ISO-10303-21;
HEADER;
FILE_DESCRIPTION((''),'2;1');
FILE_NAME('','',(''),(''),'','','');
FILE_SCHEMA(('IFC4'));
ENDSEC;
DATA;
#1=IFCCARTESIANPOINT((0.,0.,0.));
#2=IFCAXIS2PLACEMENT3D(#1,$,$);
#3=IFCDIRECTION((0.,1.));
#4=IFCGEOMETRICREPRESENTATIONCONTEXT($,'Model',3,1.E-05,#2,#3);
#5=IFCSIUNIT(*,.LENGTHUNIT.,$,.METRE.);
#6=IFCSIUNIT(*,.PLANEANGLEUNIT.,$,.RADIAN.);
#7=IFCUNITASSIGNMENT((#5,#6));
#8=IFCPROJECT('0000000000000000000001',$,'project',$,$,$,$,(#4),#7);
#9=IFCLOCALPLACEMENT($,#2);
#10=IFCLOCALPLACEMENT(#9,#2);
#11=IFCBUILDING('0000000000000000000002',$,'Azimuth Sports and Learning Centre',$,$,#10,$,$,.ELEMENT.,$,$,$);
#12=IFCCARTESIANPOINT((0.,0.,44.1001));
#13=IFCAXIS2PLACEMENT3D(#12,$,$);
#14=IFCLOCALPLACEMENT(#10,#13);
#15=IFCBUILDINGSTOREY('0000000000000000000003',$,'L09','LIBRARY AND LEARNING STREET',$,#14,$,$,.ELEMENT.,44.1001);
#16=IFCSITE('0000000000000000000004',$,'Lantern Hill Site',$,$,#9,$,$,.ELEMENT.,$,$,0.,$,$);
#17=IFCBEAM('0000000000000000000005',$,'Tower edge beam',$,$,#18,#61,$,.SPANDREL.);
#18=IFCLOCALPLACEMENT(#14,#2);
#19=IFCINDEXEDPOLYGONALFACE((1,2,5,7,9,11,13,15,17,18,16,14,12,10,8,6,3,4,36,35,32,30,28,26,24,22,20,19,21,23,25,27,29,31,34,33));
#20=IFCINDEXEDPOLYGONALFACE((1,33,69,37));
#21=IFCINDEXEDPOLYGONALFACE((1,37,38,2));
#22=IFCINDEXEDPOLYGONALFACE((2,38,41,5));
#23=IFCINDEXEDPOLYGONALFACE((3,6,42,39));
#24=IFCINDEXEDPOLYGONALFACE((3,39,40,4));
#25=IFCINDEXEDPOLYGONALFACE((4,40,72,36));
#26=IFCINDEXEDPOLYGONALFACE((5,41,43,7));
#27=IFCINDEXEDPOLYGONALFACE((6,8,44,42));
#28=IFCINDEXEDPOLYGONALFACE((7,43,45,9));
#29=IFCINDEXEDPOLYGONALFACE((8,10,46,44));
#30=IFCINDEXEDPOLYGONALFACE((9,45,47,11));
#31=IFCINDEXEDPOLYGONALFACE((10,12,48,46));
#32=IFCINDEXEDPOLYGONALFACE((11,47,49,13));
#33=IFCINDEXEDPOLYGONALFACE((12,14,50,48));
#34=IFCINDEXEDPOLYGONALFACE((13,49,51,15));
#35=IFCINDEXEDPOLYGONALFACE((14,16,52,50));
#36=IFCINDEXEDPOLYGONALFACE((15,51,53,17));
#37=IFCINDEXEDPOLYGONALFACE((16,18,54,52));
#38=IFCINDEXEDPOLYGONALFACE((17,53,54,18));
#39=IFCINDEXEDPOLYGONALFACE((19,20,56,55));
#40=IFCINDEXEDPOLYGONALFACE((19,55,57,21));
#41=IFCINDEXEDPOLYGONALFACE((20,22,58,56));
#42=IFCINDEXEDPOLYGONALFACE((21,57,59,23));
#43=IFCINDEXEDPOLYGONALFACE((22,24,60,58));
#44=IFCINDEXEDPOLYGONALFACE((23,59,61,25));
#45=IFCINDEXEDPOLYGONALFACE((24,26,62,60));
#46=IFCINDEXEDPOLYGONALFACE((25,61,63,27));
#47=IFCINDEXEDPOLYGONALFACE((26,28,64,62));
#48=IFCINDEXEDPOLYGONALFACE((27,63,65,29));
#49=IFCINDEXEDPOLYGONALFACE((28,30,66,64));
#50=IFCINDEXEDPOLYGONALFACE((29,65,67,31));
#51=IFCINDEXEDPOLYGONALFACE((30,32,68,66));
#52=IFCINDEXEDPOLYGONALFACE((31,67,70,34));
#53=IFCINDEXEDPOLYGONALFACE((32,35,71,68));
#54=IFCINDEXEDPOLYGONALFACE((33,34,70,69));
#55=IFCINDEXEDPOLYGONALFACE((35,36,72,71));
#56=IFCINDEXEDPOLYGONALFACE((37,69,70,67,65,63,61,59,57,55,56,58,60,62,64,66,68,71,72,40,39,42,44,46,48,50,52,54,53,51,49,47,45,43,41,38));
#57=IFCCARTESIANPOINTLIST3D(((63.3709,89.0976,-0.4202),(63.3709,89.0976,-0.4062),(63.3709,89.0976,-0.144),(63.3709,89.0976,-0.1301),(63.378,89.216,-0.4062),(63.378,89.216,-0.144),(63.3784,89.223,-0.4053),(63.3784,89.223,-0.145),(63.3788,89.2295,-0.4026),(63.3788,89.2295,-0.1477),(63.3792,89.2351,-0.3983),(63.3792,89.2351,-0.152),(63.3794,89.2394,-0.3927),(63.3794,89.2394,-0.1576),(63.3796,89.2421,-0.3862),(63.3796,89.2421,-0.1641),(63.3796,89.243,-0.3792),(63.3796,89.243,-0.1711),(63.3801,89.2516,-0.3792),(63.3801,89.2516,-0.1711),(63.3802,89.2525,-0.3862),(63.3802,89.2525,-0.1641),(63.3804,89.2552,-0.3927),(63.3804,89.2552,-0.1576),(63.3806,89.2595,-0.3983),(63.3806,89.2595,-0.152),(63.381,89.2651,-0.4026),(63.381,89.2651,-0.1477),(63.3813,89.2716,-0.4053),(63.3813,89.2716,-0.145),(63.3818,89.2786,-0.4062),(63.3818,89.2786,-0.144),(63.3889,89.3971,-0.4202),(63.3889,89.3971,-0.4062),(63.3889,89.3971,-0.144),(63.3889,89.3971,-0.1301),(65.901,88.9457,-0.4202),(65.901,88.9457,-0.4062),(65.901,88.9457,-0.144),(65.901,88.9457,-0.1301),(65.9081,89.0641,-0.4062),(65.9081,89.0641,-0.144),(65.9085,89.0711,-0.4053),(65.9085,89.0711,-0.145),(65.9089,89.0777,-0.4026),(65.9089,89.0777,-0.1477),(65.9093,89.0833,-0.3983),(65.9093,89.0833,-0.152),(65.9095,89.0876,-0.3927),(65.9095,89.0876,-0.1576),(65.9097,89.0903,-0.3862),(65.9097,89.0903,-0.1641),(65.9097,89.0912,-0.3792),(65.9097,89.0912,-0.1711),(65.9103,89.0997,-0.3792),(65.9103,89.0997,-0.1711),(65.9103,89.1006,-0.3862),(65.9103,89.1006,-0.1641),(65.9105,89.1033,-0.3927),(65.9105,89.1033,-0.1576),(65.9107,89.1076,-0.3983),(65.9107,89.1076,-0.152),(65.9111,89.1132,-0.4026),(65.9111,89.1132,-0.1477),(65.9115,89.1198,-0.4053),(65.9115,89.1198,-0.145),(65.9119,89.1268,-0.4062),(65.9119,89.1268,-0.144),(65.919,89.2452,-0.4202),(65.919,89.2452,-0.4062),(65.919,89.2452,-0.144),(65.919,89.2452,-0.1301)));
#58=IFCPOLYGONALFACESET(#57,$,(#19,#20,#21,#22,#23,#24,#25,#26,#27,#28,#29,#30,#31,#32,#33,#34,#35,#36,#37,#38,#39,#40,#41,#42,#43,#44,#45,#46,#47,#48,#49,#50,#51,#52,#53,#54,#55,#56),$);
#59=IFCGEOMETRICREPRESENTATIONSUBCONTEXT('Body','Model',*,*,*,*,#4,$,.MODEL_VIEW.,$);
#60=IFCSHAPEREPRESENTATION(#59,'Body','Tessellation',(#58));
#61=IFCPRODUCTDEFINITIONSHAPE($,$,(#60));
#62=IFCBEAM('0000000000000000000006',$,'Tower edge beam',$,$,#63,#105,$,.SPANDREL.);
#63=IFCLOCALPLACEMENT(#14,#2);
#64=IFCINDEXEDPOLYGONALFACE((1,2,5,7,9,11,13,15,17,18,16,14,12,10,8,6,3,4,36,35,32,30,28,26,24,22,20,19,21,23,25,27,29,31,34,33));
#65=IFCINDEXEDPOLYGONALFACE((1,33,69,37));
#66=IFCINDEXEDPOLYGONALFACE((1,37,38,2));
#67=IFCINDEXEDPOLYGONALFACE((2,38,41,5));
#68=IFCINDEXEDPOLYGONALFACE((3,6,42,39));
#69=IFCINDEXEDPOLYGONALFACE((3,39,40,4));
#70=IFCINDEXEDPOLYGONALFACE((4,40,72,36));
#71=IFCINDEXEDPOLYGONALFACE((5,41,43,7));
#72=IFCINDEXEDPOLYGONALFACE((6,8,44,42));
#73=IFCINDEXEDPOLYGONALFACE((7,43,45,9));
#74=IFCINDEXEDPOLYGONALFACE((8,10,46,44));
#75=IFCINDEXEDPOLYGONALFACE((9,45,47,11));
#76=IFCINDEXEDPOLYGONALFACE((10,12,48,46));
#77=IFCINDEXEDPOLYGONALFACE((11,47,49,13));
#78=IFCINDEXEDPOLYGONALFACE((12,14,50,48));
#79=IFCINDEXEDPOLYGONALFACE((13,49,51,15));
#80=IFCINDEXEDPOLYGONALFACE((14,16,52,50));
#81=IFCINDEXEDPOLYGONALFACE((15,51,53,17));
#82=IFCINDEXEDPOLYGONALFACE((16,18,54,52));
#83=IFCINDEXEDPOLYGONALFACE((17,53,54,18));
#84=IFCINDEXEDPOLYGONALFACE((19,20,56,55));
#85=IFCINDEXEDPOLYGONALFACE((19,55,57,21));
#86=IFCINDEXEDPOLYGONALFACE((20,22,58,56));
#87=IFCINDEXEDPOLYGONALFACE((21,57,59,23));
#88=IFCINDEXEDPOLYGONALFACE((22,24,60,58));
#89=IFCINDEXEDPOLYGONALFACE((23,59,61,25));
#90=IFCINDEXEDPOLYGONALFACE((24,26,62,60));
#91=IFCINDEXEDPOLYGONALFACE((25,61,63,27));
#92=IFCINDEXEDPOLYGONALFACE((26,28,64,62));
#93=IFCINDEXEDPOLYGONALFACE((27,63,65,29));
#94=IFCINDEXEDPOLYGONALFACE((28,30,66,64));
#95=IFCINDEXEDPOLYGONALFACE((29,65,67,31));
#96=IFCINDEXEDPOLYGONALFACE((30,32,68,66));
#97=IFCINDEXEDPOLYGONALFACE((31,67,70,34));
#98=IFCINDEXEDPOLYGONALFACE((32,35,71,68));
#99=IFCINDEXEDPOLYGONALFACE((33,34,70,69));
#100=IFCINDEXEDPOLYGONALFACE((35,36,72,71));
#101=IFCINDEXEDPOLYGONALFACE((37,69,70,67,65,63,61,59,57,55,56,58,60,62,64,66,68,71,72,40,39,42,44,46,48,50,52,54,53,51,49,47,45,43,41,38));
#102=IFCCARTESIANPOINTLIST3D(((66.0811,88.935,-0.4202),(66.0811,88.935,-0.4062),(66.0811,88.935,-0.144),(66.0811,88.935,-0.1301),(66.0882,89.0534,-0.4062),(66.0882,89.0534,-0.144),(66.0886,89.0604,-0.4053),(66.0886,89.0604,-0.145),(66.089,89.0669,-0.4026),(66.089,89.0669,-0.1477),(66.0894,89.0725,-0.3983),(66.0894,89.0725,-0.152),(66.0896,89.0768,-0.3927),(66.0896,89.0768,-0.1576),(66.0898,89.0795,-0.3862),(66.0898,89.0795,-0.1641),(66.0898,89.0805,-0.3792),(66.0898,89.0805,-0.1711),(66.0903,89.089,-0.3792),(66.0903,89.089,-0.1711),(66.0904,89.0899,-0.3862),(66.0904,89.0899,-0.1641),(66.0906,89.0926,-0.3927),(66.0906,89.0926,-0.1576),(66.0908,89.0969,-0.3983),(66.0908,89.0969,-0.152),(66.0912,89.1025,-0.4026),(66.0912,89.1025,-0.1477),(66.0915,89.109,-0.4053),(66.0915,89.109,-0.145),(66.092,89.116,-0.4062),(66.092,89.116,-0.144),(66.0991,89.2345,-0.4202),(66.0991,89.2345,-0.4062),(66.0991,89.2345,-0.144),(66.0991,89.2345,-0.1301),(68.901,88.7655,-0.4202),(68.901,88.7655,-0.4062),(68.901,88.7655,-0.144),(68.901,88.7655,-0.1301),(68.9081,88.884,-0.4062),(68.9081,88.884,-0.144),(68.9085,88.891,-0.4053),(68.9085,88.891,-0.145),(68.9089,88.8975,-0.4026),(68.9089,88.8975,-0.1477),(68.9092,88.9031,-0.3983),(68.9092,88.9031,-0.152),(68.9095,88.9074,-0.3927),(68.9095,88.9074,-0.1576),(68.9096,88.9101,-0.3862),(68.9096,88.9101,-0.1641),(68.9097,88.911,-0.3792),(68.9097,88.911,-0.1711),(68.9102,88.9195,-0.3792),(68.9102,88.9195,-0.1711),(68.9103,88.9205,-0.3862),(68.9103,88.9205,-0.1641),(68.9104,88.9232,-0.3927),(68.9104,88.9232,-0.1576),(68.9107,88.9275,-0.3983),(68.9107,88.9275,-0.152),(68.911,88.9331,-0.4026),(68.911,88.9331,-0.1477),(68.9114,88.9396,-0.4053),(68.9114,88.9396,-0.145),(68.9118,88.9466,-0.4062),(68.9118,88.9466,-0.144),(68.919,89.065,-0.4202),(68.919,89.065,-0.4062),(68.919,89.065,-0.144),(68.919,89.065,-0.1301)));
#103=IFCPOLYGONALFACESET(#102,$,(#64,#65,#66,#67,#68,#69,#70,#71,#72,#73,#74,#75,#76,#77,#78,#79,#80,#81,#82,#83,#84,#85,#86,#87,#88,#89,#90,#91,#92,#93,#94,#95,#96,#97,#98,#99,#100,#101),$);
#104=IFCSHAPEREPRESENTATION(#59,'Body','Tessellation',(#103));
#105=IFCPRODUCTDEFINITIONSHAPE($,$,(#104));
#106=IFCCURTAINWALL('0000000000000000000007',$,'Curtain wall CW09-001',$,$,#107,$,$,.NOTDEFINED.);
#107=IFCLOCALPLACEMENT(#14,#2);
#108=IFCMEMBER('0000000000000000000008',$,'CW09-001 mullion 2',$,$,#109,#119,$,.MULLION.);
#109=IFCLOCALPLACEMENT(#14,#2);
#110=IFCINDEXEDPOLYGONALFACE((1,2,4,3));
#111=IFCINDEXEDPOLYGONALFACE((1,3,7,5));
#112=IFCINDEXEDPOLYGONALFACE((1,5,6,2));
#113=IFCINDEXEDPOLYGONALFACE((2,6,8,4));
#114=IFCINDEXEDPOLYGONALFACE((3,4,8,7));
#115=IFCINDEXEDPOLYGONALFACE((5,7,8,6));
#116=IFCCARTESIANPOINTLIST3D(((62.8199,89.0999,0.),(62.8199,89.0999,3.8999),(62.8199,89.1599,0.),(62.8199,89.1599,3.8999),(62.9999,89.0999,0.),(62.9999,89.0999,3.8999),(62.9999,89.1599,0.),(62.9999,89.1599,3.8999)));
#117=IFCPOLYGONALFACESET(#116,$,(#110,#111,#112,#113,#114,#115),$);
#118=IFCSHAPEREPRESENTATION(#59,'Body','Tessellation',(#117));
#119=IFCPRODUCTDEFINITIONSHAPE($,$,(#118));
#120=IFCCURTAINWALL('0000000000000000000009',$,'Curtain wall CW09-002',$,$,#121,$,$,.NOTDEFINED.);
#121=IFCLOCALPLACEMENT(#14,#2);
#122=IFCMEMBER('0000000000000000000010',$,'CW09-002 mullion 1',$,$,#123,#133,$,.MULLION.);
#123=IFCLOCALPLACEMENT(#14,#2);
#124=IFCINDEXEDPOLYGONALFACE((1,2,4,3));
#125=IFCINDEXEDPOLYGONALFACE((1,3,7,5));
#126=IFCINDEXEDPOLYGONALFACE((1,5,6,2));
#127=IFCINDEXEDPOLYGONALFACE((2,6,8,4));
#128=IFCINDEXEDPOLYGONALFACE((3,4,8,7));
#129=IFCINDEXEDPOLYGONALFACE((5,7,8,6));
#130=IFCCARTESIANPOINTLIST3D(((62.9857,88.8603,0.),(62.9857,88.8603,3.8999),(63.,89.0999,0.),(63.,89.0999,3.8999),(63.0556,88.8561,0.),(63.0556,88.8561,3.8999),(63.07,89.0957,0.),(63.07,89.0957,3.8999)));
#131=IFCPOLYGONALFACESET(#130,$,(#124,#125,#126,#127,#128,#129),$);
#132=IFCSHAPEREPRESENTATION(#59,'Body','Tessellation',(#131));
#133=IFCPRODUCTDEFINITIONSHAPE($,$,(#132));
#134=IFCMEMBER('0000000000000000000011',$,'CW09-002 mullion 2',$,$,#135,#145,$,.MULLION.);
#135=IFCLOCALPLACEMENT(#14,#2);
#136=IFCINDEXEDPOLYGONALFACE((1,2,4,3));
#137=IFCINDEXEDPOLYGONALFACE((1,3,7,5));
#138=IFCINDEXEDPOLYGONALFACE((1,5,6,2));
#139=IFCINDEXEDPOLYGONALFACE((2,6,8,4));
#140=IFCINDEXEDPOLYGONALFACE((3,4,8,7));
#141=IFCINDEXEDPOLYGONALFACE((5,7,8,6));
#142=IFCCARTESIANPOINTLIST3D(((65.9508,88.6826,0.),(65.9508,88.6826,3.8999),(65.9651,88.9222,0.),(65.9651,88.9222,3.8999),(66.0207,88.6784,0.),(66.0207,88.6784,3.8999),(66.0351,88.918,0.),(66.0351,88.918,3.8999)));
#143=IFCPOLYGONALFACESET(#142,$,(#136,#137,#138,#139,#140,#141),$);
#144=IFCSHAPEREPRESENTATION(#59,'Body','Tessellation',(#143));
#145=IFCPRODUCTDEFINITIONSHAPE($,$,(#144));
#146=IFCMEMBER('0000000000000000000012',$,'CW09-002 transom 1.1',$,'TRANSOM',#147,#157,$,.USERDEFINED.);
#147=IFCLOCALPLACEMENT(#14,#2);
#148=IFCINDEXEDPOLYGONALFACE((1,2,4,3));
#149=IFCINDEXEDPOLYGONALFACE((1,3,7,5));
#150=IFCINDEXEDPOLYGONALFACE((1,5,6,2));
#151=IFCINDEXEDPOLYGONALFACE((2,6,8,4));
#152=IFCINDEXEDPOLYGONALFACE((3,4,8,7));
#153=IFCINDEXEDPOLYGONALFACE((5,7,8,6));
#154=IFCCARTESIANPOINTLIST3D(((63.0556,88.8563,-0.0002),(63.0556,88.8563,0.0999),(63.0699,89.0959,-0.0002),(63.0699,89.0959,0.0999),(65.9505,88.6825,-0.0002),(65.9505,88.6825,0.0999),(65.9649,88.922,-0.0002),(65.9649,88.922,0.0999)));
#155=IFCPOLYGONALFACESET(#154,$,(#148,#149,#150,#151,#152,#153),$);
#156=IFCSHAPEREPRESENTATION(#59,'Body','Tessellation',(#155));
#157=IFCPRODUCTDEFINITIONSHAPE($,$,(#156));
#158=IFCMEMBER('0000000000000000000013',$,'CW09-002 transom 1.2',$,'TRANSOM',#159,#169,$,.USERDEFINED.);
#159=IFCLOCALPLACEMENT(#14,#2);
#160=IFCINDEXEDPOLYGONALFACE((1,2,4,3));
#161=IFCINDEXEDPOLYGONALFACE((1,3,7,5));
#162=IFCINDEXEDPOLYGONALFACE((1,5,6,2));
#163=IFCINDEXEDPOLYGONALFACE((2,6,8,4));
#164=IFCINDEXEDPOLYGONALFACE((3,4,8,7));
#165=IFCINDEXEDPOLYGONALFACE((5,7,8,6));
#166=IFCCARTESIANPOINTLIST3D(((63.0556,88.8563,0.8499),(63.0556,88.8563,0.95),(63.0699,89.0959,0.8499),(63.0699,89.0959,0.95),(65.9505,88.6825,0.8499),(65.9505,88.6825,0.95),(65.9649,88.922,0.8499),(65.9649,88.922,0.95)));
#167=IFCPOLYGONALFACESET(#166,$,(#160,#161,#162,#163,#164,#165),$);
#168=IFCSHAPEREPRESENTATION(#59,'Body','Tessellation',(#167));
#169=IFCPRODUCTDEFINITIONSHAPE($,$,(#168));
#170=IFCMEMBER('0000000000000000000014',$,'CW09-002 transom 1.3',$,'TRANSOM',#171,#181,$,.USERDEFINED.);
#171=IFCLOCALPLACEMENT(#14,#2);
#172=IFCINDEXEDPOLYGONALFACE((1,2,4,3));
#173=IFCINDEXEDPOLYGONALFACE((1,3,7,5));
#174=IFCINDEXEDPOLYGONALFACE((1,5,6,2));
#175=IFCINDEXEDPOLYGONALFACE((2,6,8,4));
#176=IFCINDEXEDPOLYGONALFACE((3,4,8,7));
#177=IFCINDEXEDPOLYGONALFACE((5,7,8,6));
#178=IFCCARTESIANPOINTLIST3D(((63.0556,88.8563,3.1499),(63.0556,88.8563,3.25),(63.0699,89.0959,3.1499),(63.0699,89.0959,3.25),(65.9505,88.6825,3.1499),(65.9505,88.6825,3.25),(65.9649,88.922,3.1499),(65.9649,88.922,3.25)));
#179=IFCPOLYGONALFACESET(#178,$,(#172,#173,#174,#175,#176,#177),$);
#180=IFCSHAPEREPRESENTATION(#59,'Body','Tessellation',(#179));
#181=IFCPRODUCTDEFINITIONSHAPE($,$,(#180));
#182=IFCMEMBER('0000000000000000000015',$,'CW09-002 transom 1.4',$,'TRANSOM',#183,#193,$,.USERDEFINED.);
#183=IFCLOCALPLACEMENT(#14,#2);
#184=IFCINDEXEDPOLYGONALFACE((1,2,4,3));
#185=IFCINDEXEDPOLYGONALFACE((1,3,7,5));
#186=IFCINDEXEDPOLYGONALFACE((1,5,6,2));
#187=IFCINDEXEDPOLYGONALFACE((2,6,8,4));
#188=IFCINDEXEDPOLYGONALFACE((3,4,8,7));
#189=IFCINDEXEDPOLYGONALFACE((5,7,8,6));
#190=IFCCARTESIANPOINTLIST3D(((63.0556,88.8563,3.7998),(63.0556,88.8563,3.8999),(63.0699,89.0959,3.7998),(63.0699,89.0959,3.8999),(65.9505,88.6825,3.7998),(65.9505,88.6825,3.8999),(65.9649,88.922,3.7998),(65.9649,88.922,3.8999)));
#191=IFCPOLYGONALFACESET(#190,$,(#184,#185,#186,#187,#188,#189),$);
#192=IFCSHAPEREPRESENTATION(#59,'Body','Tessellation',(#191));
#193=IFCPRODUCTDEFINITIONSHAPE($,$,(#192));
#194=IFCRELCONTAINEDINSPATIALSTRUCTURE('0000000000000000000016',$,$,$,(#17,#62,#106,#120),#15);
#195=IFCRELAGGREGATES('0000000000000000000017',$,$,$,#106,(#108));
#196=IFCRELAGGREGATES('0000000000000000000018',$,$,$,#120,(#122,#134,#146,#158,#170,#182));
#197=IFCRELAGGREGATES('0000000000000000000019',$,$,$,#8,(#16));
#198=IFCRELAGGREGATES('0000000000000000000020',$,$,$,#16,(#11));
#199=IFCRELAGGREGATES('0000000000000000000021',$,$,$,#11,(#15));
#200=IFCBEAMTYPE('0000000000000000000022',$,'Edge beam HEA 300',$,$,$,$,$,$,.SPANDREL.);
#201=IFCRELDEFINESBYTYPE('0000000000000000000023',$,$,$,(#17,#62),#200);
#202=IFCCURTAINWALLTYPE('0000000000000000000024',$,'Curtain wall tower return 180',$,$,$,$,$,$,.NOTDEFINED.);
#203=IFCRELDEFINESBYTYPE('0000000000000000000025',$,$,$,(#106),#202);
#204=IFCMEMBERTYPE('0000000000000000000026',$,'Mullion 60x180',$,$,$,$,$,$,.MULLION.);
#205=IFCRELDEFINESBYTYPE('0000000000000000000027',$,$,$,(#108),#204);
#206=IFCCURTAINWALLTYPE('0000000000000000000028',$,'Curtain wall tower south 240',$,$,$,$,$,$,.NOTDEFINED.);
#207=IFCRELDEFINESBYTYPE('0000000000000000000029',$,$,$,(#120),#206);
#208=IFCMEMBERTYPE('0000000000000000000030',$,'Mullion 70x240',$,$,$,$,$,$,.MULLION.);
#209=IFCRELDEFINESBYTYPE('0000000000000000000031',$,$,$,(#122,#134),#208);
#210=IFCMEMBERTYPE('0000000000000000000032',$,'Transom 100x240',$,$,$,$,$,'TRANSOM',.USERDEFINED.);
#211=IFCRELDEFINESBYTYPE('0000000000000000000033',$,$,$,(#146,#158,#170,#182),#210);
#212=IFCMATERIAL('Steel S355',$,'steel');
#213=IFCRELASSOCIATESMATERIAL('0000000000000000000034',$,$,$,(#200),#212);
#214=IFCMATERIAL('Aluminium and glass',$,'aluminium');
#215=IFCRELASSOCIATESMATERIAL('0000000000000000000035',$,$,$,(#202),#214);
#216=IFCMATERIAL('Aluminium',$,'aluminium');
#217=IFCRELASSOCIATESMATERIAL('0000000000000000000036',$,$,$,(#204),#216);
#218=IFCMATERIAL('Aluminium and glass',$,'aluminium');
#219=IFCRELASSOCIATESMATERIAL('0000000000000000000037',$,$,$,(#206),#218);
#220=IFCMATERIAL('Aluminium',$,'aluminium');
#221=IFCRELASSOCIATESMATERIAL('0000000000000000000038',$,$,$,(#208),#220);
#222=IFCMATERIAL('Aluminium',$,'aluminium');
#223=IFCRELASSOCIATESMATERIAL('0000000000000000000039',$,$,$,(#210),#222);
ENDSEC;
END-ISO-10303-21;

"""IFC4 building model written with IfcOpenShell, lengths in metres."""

from ifc_helpers import new_model, si_unit, direction, frame, origin, origin_2d, place, context, subcontext, project, spatial, rectangle, i_section, extrude, material, material_profile, profile_set, type_object, element, aggregate, save


model = new_model("IFC4")

# Units and contexts
model_context = context("Model", 3, precision=1e-05, world=origin(), true_north=direction((0.0, 1.0)))
body_context = subcontext(model_context, "Body", "Model", "MODEL_VIEW")
ifc_project = project(units=[si_unit("LENGTHUNIT", "METRE"), si_unit("PLANEANGLEUNIT", "RADIAN")], contexts=[model_context])

# Site, building, storey
site_placement = place(None, origin())
site = spatial("IfcSite", under=ifc_project, at=site_placement, Name="Lantern Hill Site", CompositionType="ELEMENT", RefElevation=0.0)
building_placement = place(site_placement, origin())
building = spatial("IfcBuilding", under=site, at=building_placement, Name="Azimuth Sports and Learning Centre", CompositionType="ELEMENT")
storey_placement = place(building_placement, frame((0.0, 0.0, 44.1001)))
storey = spatial("IfcBuildingStorey", under=building, at=storey_placement, Name="L09", Description="LIBRARY AND LEARNING STREET", CompositionType="ELEMENT", Elevation=44.1001)

# Beams
ifc_material_1 = material(Name="Steel S355", Category="steel")
ifc_material_profile_1 = material_profile(ifc_material_1, i_section(OverallWidth=0.3, OverallDepth=0.29, WebThickness=0.0085, FlangeThickness=0.0139, FilletRadius=0.0271, at=origin_2d()), Name="HEA 300")
ifc_profile_set_1 = profile_set([ifc_material_profile_1], Name="Steel S355")
beam_type = type_object("IfcBeamType", Name="Edge beam HEA 300", PredefinedType="SPANDREL", material=ifc_profile_set_1)
beam_1_placement = place(storey_placement, frame((63.3799, 89.2473, -0.2751), z_axis=(0.998204, -0.059913, 0.0), x_axis=(0.059913, 0.998204, 0.0)))
element("IfcBeam", 1, at=beam_1_placement, inside=storey, type_object=beam_type, Name="Tower edge beam", PredefinedType="SPANDREL", context=body_context, shape_type="SweptSolid", body=[
    extrude(i_section(OverallWidth=0.3, OverallDepth=0.29, WebThickness=0.0085, FlangeThickness=0.0139, FilletRadius=0.0271, at=origin_2d()), origin(), (0.0, 0.0, 1.0), 2.5347),
])
beam_2_placement = place(storey_placement, frame((66.0901, 89.0847, -0.2751), z_axis=(0.9982, -0.059978, 0.0), x_axis=(0.059978, 0.9982, 0.0)))
element("IfcBeam", 2, at=beam_2_placement, inside=storey, type_object=beam_type, Name="Tower edge beam", PredefinedType="SPANDREL", context=body_context, shape_type="SweptSolid", body=[
    extrude(i_section(OverallWidth=0.3, OverallDepth=0.29, WebThickness=0.0085, FlangeThickness=0.0139, FilletRadius=0.0271, at=origin_2d()), origin(), (0.0, 0.0, 1.0), 2.825),
])

# Curtain wall, member
ifc_material_2 = material(Name="Aluminium and glass", Category="aluminium")
curtain_wall_type_1 = type_object("IfcCurtainWallType", Name="Curtain wall tower return 180", PredefinedType="NOTDEFINED", material=ifc_material_2)
curtain_wall_1_placement = place(storey_placement, origin())
curtain_wall_1 = element("IfcCurtainWall", 3, at=curtain_wall_1_placement, inside=storey, type_object=curtain_wall_type_1, Name="Curtain wall CW09-001", PredefinedType="NOTDEFINED")
ifc_material_3 = material(Name="Aluminium", Category="aluminium")
ifc_material_profile_2 = material_profile(ifc_material_3, rectangle(XDim=0.1799, YDim=0.0601, at=origin_2d()), Name="Mullion 60x180")
ifc_profile_set_2 = profile_set([ifc_material_profile_2], Name="Aluminium")
member_type_1 = type_object("IfcMemberType", Name="Mullion 60x180", PredefinedType="MULLION", material=ifc_profile_set_2)
member_1_placement = place(storey_placement, frame((62.9099, 89.1299, 0.0), z_axis=(0.0, 0.0, 1.0), x_axis=(1.0, 0.0, 0.0)))
member_1 = element("IfcMember", 4, at=member_1_placement, type_object=member_type_1, Name="CW09-001 mullion 2", PredefinedType="MULLION", context=body_context, shape_type="SweptSolid", body=[
    extrude(rectangle(XDim=0.1799, YDim=0.0601, at=origin_2d()), origin(), (0.0, 0.0, 1.0), 3.8999),
])

# Curtain wall, members
ifc_material_4 = material(Name="Aluminium and glass", Category="aluminium")
curtain_wall_type_2 = type_object("IfcCurtainWallType", Name="Curtain wall tower south 240", PredefinedType="NOTDEFINED", material=ifc_material_4)
curtain_wall_2_placement = place(storey_placement, origin())
curtain_wall_2 = element("IfcCurtainWall", 5, at=curtain_wall_2_placement, inside=storey, type_object=curtain_wall_type_2, Name="Curtain wall CW09-002", PredefinedType="NOTDEFINED")
ifc_material_5 = material(Name="Aluminium", Category="aluminium")
ifc_material_profile_3 = material_profile(ifc_material_5, rectangle(XDim=0.24, YDim=0.0701, at=origin_2d()), Name="Mullion 70x240")
ifc_profile_set_3 = profile_set([ifc_material_profile_3], Name="Aluminium")
member_type_2 = type_object("IfcMemberType", Name="Mullion 70x240", PredefinedType="MULLION", material=ifc_profile_set_3)
member_2_placement = place(storey_placement, frame((63.0278, 88.978, 0.0), z_axis=(0.0, 0.0, 1.0), x_axis=(0.059892, 0.998205, 0.0)))
member_2 = element("IfcMember", 6, at=member_2_placement, type_object=member_type_2, Name="CW09-002 mullion 1", PredefinedType="MULLION", context=body_context, shape_type="SweptSolid", body=[
    extrude(rectangle(XDim=0.24, YDim=0.0701, at=origin_2d()), origin(), (0.0, 0.0, 1.0), 3.8999),
])
member_3_placement = place(storey_placement, frame((65.9929, 88.8003, 0.0), z_axis=(0.0, 0.0, 1.0), x_axis=(0.059892, 0.998205, 0.0)))
member_3 = element("IfcMember", 7, at=member_3_placement, type_object=member_type_2, Name="CW09-002 mullion 2", PredefinedType="MULLION", context=body_context, shape_type="SweptSolid", body=[
    extrude(rectangle(XDim=0.24, YDim=0.0701, at=origin_2d()), origin(), (0.0, 0.0, 1.0), 3.8999),
])
ifc_material_6 = material(Name="Aluminium", Category="aluminium")
ifc_material_profile_4 = material_profile(ifc_material_6, rectangle(XDim=0.24, YDim=0.1001, at=origin_2d()), Name="Transom 100x240")
ifc_profile_set_4 = profile_set([ifc_material_profile_4], Name="Aluminium")
member_type_3 = type_object("IfcMemberType", Name="Transom 100x240", ElementType="TRANSOM", PredefinedType="USERDEFINED", material=ifc_profile_set_4)
member_4_placement = place(storey_placement, frame((63.0627, 88.9761, 0.0498), z_axis=(0.998202, -0.059936, 0.0), x_axis=(0.059936, 0.998202, 0.0)))
member_4 = element("IfcMember", 8, at=member_4_placement, type_object=member_type_3, Name="CW09-002 transom 1.1", ObjectType="TRANSOM", PredefinedType="USERDEFINED", context=body_context, shape_type="SweptSolid", body=[
    extrude(rectangle(XDim=0.24, YDim=0.1001, at=origin_2d()), origin(), (0.0, 0.0, 1.0), 2.9001),
])
member_5_placement = place(storey_placement, frame((63.0627, 88.9761, 0.8999), z_axis=(0.998202, -0.059936, 0.0), x_axis=(0.059936, 0.998202, 0.0)))
member_5 = element("IfcMember", 9, at=member_5_placement, type_object=member_type_3, Name="CW09-002 transom 1.2", ObjectType="TRANSOM", PredefinedType="USERDEFINED", context=body_context, shape_type="SweptSolid", body=[
    extrude(rectangle(XDim=0.24, YDim=0.1001, at=origin_2d()), origin(), (0.0, 0.0, 1.0), 2.9001),
])
member_6_placement = place(storey_placement, frame((63.0627, 88.9761, 3.2), z_axis=(0.998202, -0.059936, 0.0), x_axis=(0.059936, 0.998202, 0.0)))
member_6 = element("IfcMember", 10, at=member_6_placement, type_object=member_type_3, Name="CW09-002 transom 1.3", ObjectType="TRANSOM", PredefinedType="USERDEFINED", context=body_context, shape_type="SweptSolid", body=[
    extrude(rectangle(XDim=0.24, YDim=0.1001, at=origin_2d()), origin(), (0.0, 0.0, 1.0), 2.9001),
])
member_7_placement = place(storey_placement, frame((63.0627, 88.9761, 3.8499), z_axis=(0.998202, -0.059936, 0.0), x_axis=(0.059936, 0.998202, 0.0)))
member_7 = element("IfcMember", 11, at=member_7_placement, type_object=member_type_3, Name="CW09-002 transom 1.4", ObjectType="TRANSOM", PredefinedType="USERDEFINED", context=body_context, shape_type="SweptSolid", body=[
    extrude(rectangle(XDim=0.24, YDim=0.1001, at=origin_2d()), origin(), (0.0, 0.0, 1.0), 2.9001),
])

aggregate(curtain_wall_1, [member_1])
aggregate(curtain_wall_2, [member_2, member_3, member_4, member_5, member_6, member_7])

save(model, "model.ifc")
